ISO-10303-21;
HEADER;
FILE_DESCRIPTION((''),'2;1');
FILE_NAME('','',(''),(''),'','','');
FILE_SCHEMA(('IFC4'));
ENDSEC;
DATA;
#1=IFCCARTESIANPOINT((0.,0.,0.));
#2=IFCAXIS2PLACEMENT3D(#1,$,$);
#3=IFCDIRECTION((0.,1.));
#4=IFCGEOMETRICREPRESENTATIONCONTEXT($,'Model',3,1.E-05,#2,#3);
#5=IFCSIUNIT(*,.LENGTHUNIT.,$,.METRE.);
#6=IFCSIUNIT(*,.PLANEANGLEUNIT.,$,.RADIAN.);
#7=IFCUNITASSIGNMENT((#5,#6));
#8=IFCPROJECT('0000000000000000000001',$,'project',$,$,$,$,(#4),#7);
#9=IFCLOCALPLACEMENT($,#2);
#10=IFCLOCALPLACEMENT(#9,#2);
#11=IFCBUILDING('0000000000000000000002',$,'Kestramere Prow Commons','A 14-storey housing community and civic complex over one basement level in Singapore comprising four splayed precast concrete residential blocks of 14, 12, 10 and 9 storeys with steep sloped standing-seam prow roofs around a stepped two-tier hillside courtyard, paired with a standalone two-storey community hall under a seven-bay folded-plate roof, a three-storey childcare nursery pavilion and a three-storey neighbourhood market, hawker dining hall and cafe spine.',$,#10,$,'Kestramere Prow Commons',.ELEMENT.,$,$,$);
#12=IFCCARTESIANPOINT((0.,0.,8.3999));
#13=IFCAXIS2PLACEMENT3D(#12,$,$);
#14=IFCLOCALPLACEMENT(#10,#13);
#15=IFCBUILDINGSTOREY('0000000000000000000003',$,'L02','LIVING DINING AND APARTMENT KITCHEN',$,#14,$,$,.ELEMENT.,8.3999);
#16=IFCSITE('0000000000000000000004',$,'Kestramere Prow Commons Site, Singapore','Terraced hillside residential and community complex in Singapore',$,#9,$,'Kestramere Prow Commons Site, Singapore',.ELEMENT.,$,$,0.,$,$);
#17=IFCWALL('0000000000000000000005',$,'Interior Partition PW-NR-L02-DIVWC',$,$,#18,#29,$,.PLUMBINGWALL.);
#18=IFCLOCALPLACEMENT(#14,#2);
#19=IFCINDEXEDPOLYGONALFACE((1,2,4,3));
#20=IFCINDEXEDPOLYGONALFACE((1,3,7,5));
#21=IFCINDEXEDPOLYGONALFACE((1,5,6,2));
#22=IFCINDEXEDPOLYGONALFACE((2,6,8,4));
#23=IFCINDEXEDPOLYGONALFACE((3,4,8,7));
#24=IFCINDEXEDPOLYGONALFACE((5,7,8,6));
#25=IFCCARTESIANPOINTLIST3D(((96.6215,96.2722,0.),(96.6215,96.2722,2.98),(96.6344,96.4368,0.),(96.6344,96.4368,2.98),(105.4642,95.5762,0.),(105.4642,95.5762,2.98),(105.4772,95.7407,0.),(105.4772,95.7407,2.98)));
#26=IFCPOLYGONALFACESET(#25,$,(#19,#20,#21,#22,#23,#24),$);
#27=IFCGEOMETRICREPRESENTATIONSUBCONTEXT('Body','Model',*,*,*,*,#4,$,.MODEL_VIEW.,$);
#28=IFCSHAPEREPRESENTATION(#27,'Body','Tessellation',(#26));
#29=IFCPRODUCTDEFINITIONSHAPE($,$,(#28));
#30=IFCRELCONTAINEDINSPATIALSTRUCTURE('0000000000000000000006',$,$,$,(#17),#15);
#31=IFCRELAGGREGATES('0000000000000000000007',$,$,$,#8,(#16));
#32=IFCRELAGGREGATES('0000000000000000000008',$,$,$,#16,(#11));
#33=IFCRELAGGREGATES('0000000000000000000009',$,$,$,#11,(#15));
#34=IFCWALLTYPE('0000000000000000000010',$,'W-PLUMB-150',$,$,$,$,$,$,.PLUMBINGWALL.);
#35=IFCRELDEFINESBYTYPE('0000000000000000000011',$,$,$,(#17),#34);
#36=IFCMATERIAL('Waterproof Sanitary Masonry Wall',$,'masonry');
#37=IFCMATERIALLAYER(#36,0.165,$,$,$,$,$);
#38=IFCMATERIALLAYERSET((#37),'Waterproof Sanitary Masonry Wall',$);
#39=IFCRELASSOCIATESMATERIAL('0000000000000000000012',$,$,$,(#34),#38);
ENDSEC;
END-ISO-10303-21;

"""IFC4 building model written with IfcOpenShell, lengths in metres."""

from ifc_helpers import new_model, si_unit, direction, frame, frame_2d, origin, place, context, subcontext, project, spatial, rectangle, extrude, material, layer, layer_set, type_object, element, save


model = new_model("IFC4")

# Units and contexts
model_context = context("Model", 3, precision=1e-05, world=origin(), true_north=direction((0.0, 1.0)))
body_context = subcontext(model_context, "Body", "Model", "MODEL_VIEW")
ifc_project = project(units=[si_unit("LENGTHUNIT", "METRE"), si_unit("PLANEANGLEUNIT", "RADIAN")], contexts=[model_context])

# Site, building, storey
site_placement = place(None, origin())
site = spatial("IfcSite", under=ifc_project, at=site_placement, Name="Kestramere Prow Commons Site, Singapore", Description="Terraced hillside residential and community complex in Singapore", LongName="Kestramere Prow Commons Site, Singapore", CompositionType="ELEMENT", RefElevation=0.0)
building_placement = place(site_placement, origin())
building = spatial("IfcBuilding", under=site, at=building_placement, Name="Kestramere Prow Commons", Description="A 14-storey housing community and civic complex over one basement level in Singapore comprising four splayed precast concrete residential blocks of 14, 12, 10 and 9 storeys with steep sloped standing-seam prow roofs around a stepped two-tier hillside courtyard, paired with a standalone two-storey community hall under a seven-bay folded-plate roof, a three-storey childcare nursery pavilion and a three-storey neighbourhood market, hawker dining hall and cafe spine.", LongName="Kestramere Prow Commons", CompositionType="ELEMENT")
storey_placement = place(building_placement, frame((0.0, 0.0, 8.3999)))
storey = spatial("IfcBuildingStorey", under=building, at=storey_placement, Name="L02", Description="LIVING DINING AND APARTMENT KITCHEN", CompositionType="ELEMENT", Elevation=8.3999)

# Shared definitions
ifc_material_1 = material(Name="Waterproof Sanitary Masonry Wall", Category="masonry")
ifc_layer_1 = layer(ifc_material_1, 0.165)
ifc_layer_set_1 = layer_set([ifc_layer_1], Name="Waterproof Sanitary Masonry Wall")
wall_type = type_object("IfcWallType", Name="W-PLUMB-150", PredefinedType="PLUMBINGWALL", material=ifc_layer_set_1)

# Wall
wall_1_placement = place(storey_placement, frame((96.6279, 96.3545, 0.0), z_axis=(0.0, 0.0, 1.0), x_axis=(0.996916, -0.078471, 0.0)))
element("IfcWall", 1, at=wall_1_placement, inside=storey, type_object=wall_type, Name="Interior Partition PW-NR-L02-DIVWC", PredefinedType="PLUMBINGWALL", context=body_context, shape_type="SweptSolid", body=[
    extrude(rectangle(XDim=8.8701, YDim=0.165, at=frame_2d((4.4351, 0.0))), origin(), (0.0, 0.0, 1.0), 2.98),
])

save(model, "model.ifc")
